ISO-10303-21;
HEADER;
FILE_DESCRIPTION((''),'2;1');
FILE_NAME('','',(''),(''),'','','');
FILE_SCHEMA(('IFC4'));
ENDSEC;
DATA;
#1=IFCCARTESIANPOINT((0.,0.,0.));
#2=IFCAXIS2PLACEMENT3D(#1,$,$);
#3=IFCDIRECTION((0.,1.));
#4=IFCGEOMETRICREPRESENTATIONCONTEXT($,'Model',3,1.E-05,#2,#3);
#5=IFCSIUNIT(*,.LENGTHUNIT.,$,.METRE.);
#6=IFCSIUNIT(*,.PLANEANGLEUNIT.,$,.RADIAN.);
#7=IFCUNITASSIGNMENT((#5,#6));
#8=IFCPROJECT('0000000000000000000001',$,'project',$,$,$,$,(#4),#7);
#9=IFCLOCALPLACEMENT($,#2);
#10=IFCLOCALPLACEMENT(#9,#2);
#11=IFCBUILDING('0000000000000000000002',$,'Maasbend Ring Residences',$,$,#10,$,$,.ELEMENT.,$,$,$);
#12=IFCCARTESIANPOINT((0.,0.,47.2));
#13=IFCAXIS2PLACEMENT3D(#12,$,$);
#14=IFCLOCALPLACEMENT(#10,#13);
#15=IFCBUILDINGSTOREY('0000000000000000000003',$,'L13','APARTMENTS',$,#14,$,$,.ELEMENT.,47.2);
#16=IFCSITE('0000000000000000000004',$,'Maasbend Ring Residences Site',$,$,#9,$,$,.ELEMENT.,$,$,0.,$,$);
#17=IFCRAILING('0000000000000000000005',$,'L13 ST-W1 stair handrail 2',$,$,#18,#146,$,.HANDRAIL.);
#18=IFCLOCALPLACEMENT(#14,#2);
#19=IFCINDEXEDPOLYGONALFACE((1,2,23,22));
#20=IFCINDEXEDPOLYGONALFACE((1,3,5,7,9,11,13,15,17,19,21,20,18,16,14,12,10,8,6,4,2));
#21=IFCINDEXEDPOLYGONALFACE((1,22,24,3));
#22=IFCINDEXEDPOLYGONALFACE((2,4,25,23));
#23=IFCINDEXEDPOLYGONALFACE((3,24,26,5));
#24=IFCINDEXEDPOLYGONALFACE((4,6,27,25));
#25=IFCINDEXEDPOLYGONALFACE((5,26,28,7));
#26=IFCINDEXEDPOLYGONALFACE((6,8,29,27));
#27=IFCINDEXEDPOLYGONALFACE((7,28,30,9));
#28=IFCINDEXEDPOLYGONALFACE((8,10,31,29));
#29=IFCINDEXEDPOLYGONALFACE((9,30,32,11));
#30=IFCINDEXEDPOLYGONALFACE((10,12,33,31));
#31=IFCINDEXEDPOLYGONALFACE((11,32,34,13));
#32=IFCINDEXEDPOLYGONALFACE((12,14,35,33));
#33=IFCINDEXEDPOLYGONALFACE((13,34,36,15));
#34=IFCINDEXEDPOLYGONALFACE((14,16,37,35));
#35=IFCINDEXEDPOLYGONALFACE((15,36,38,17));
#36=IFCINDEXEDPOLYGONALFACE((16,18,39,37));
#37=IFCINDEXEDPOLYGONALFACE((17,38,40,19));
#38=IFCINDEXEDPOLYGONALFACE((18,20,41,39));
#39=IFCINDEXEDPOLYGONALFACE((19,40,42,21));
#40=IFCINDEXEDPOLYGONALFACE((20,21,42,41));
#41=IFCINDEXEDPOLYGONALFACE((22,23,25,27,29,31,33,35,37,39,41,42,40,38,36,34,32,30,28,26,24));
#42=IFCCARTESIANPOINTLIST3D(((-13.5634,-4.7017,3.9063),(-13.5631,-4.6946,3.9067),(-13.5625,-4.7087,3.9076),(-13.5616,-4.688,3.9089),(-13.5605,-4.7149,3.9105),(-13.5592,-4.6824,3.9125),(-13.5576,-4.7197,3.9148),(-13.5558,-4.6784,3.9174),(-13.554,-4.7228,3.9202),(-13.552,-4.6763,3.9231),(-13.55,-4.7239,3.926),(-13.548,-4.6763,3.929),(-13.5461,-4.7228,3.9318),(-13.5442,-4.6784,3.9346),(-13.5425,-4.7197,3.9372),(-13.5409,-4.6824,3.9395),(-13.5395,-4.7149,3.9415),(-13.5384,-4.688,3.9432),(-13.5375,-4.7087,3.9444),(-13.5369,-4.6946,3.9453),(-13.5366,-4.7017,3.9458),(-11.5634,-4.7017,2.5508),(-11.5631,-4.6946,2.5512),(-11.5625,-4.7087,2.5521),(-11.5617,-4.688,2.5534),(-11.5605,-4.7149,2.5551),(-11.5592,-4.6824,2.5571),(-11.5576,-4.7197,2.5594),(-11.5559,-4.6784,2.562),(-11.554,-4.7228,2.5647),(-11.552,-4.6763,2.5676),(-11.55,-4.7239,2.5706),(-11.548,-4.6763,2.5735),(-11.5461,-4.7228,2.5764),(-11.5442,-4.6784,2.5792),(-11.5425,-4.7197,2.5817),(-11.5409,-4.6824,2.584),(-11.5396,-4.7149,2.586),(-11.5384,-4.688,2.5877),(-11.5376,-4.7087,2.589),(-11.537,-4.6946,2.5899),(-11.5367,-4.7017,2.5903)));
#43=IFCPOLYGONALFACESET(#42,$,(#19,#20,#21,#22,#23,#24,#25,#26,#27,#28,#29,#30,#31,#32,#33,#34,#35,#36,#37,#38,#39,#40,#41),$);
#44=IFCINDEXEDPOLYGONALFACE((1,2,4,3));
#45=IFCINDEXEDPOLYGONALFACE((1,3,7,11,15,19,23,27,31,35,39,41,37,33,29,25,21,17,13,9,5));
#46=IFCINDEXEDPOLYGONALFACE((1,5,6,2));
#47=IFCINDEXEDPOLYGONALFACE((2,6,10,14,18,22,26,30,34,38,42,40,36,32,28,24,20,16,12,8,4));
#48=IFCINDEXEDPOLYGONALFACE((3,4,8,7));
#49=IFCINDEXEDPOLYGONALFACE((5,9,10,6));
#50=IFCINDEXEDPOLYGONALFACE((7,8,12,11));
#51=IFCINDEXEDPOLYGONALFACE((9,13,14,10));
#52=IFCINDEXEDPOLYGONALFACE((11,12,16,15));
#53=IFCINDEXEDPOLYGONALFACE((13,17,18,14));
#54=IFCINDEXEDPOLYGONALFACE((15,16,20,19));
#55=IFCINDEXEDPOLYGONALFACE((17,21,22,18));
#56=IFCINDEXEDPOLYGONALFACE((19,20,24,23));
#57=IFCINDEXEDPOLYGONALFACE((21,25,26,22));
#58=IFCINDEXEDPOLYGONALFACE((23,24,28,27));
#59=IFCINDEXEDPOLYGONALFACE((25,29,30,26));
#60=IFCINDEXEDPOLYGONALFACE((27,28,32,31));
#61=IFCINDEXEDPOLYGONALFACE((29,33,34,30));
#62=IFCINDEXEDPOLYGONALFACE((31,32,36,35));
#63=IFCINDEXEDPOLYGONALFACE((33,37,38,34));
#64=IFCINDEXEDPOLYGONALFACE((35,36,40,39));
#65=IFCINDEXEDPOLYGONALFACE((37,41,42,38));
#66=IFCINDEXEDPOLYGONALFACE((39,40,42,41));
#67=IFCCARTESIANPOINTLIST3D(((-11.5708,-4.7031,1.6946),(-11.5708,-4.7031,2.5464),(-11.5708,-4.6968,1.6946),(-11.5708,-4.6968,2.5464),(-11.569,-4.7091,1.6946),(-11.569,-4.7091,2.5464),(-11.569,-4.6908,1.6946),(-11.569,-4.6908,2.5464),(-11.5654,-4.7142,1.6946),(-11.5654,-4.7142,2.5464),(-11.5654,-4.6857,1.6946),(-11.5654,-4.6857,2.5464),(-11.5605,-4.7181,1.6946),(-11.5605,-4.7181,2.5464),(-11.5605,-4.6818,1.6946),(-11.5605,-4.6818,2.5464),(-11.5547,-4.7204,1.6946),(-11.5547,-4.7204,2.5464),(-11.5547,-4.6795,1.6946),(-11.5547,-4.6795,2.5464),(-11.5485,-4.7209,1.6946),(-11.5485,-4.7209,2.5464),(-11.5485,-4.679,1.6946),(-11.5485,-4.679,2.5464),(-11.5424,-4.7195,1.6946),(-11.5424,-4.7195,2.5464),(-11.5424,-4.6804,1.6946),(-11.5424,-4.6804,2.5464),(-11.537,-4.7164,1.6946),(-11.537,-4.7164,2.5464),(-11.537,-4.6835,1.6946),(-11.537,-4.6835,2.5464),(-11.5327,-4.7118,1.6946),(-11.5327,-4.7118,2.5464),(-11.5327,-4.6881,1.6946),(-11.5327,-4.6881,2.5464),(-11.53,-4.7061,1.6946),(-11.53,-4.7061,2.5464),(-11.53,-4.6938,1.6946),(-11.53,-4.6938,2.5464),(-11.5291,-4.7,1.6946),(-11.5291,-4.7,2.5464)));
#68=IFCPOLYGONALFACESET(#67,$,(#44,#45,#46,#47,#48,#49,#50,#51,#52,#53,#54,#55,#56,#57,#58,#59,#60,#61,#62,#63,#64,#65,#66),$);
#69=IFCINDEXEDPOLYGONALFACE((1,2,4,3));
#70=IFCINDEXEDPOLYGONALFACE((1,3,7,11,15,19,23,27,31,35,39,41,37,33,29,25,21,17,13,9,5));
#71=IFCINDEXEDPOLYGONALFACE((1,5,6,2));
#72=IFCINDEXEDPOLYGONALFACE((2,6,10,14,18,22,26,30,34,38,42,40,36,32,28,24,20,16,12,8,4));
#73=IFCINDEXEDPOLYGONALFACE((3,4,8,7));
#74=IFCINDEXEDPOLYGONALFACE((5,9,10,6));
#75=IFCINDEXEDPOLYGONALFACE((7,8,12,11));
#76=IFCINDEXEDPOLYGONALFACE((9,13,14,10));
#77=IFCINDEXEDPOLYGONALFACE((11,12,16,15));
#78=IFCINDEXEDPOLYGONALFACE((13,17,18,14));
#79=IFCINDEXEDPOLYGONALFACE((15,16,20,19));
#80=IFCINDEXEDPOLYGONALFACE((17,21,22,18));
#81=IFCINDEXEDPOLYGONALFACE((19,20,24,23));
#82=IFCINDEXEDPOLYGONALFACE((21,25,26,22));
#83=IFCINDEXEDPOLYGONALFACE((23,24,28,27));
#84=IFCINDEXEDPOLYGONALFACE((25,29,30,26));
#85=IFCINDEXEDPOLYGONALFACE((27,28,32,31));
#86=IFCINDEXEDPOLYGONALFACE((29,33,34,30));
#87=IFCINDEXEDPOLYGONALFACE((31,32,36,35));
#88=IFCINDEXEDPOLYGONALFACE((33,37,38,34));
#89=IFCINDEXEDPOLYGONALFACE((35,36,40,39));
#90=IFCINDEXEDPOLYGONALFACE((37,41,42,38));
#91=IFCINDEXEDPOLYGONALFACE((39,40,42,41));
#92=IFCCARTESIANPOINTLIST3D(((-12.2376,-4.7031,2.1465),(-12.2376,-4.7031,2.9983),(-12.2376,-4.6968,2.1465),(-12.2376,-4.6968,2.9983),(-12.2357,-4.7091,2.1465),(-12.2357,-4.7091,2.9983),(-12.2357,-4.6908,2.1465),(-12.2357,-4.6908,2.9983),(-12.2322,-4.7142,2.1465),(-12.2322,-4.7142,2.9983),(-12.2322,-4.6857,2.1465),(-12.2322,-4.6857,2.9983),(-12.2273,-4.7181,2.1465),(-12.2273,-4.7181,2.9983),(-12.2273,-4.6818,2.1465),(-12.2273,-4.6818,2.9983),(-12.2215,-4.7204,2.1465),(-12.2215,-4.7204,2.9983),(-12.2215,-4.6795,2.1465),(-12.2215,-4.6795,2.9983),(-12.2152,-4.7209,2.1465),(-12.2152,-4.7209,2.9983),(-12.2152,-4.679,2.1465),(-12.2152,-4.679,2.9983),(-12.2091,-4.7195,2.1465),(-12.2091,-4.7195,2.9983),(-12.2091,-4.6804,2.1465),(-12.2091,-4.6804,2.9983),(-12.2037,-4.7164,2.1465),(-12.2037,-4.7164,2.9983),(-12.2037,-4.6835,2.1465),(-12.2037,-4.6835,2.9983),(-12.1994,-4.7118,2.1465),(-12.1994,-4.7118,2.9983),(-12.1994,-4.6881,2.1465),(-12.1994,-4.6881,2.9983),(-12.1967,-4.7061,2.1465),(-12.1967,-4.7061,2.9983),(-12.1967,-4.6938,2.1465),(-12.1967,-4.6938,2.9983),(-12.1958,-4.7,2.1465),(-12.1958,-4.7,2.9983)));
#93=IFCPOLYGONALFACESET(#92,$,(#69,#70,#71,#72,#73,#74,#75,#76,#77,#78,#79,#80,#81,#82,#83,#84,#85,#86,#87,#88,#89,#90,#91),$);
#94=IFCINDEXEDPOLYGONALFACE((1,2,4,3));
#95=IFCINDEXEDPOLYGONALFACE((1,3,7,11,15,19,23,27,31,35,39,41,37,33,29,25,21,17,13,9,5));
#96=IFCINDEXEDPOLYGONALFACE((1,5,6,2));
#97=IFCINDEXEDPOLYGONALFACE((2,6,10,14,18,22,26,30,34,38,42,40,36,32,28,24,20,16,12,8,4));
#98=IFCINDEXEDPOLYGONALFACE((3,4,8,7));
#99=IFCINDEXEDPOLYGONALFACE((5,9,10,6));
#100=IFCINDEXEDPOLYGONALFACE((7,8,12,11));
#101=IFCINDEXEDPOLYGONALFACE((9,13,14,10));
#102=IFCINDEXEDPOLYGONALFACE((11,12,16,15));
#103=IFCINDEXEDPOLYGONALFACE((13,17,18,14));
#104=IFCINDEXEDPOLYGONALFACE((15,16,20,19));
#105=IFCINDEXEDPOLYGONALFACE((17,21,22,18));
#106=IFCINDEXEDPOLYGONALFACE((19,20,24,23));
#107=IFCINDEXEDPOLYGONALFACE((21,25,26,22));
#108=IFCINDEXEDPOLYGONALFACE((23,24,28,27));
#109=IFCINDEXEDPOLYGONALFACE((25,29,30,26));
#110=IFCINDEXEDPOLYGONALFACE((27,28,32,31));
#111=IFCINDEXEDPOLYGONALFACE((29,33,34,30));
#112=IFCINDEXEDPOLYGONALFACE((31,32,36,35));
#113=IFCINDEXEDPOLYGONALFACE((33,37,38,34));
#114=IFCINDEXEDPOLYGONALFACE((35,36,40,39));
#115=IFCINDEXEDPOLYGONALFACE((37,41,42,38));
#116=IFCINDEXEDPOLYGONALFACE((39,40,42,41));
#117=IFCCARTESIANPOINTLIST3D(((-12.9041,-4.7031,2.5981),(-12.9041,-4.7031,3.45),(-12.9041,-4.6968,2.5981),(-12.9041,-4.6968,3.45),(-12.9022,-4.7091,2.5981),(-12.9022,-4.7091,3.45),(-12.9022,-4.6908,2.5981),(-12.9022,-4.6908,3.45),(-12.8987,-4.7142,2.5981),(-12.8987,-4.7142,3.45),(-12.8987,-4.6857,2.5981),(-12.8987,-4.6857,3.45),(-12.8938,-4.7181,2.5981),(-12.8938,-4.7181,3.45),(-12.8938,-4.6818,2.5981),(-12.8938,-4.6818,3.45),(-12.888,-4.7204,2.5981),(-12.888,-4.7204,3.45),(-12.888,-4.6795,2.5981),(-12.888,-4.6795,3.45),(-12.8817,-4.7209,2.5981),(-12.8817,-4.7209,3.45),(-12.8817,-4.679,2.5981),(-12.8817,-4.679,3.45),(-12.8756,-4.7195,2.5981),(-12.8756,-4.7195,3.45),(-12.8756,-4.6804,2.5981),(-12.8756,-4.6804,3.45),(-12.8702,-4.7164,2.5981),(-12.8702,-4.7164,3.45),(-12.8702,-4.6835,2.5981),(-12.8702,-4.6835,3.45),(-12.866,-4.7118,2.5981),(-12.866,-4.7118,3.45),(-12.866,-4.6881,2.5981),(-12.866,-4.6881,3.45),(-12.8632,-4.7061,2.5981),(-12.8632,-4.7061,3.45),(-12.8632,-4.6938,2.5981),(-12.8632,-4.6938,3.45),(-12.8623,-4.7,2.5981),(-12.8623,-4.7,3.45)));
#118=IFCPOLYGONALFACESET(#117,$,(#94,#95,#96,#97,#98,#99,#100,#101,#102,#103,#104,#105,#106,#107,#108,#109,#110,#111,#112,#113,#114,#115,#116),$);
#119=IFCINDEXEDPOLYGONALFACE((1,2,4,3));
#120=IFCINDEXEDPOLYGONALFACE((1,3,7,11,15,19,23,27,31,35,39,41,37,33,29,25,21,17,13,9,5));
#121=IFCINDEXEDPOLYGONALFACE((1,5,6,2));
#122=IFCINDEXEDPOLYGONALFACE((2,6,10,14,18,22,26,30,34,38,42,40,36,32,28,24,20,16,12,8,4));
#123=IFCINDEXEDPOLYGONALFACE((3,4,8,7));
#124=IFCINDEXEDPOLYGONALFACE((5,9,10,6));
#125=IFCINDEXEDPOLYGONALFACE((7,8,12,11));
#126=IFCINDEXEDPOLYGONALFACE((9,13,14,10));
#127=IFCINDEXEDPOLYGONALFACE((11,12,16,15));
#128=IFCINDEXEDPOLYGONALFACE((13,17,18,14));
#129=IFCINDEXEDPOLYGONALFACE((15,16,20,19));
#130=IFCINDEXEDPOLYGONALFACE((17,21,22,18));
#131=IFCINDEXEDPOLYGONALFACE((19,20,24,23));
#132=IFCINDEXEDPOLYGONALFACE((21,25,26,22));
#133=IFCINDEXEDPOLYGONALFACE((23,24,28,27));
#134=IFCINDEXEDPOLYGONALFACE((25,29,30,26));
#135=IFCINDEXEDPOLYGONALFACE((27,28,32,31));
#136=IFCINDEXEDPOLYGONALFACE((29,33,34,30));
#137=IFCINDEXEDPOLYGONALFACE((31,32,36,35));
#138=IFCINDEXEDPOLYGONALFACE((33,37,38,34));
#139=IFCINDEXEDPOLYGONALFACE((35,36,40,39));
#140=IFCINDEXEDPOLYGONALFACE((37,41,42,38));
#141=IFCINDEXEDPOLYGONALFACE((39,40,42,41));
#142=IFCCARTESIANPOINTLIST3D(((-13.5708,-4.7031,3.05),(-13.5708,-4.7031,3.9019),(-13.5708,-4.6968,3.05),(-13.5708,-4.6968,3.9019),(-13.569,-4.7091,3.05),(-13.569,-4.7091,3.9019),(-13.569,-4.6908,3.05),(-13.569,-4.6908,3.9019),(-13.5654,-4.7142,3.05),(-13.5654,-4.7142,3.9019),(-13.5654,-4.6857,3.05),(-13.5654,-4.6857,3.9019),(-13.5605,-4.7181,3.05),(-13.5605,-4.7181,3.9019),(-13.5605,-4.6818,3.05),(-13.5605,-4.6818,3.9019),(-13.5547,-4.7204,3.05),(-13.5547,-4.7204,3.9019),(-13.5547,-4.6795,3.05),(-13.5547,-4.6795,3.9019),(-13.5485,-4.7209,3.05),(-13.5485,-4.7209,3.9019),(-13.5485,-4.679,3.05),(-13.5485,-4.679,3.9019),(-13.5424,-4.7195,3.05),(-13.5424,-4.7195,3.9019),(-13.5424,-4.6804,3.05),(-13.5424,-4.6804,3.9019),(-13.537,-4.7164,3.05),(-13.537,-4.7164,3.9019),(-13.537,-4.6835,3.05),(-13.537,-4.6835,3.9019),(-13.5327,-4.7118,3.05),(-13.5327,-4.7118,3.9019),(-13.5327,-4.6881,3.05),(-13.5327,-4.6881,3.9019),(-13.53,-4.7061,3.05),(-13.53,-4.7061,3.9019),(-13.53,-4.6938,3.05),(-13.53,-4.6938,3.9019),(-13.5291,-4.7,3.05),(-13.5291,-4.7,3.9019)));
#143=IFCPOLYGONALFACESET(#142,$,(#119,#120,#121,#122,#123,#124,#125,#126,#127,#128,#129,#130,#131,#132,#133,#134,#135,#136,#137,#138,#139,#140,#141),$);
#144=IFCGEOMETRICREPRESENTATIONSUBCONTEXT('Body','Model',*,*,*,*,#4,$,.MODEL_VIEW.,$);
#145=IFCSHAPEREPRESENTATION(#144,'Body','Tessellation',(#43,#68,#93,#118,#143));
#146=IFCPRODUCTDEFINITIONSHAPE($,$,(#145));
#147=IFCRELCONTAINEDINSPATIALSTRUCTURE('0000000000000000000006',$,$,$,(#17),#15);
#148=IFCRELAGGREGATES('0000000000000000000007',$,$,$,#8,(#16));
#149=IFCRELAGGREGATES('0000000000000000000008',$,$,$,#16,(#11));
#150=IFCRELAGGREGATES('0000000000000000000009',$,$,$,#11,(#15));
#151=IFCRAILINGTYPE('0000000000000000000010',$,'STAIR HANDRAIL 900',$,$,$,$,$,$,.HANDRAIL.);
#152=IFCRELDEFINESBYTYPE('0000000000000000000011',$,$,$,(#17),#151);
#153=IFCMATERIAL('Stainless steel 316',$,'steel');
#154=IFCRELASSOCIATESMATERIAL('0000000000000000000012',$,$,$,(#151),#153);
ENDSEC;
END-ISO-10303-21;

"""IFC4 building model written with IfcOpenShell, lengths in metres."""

from ifc_helpers import new_model, si_unit, direction, frame, origin, origin_2d, place, context, subcontext, project, spatial, circle, extrude, material, type_object, element, save


model = new_model("IFC4")

# Units and contexts
model_context = context("Model", 3, precision=1e-05, world=origin(), true_north=direction((0.0, 1.0)))
body_context = subcontext(model_context, "Body", "Model", "MODEL_VIEW")
ifc_project = project(units=[si_unit("LENGTHUNIT", "METRE"), si_unit("PLANEANGLEUNIT", "RADIAN")], contexts=[model_context])

# Site, building, storey
site_placement = place(None, origin())
site = spatial("IfcSite", under=ifc_project, at=site_placement, Name="Maasbend Ring Residences Site", CompositionType="ELEMENT", RefElevation=0.0)
building_placement = place(site_placement, origin())
building = spatial("IfcBuilding", under=site, at=building_placement, Name="Maasbend Ring Residences", CompositionType="ELEMENT")
storey_placement = place(building_placement, frame((0.0, 0.0, 47.2)))
storey = spatial("IfcBuildingStorey", under=building, at=storey_placement, Name="L13", Description="APARTMENTS", CompositionType="ELEMENT", Elevation=47.2)

# Railing
ifc_material_1 = material(Name="Stainless steel 316", Category="steel")
railing_type_1 = type_object("IfcRailingType", Name="STAIR HANDRAIL 900", PredefinedType="HANDRAIL", material=ifc_material_1)
railing_1_placement = place(storey_placement, frame((-11.55, -4.7, 1.6946)))
element("IfcRailing", 1, at=railing_1_placement, inside=storey, type_object=railing_type_1, Name="L13 ST-W1 stair handrail 2", PredefinedType="HANDRAIL", context=body_context, shape_type="SweptSolid", body=[
    extrude(circle(Radius=0.0239, at=origin_2d()), frame((0.0, 0.0, 0.876), z_axis=(-0.827798, 0.0, 0.561027), x_axis=(0.0, -1.0, 0.0)), (0.0, 0.0, 1.0), 2.416),
    extrude(circle(Radius=0.021, at=origin_2d()), origin(), (0.0, 0.0, 1.0), 0.8518),
    extrude(circle(Radius=0.021, at=origin_2d()), frame((-0.6667, 0.0, 0.4519)), (0.0, 0.0, 1.0), 0.8518),
    extrude(circle(Radius=0.021, at=origin_2d()), frame((-1.3333, 0.0, 0.9036)), (0.0, 0.0, 1.0), 0.8518),
    extrude(circle(Radius=0.021, at=origin_2d()), frame((-2.0, 0.0, 1.3555)), (0.0, 0.0, 1.0), 0.8518),
])

save(model, "model.ifc")
